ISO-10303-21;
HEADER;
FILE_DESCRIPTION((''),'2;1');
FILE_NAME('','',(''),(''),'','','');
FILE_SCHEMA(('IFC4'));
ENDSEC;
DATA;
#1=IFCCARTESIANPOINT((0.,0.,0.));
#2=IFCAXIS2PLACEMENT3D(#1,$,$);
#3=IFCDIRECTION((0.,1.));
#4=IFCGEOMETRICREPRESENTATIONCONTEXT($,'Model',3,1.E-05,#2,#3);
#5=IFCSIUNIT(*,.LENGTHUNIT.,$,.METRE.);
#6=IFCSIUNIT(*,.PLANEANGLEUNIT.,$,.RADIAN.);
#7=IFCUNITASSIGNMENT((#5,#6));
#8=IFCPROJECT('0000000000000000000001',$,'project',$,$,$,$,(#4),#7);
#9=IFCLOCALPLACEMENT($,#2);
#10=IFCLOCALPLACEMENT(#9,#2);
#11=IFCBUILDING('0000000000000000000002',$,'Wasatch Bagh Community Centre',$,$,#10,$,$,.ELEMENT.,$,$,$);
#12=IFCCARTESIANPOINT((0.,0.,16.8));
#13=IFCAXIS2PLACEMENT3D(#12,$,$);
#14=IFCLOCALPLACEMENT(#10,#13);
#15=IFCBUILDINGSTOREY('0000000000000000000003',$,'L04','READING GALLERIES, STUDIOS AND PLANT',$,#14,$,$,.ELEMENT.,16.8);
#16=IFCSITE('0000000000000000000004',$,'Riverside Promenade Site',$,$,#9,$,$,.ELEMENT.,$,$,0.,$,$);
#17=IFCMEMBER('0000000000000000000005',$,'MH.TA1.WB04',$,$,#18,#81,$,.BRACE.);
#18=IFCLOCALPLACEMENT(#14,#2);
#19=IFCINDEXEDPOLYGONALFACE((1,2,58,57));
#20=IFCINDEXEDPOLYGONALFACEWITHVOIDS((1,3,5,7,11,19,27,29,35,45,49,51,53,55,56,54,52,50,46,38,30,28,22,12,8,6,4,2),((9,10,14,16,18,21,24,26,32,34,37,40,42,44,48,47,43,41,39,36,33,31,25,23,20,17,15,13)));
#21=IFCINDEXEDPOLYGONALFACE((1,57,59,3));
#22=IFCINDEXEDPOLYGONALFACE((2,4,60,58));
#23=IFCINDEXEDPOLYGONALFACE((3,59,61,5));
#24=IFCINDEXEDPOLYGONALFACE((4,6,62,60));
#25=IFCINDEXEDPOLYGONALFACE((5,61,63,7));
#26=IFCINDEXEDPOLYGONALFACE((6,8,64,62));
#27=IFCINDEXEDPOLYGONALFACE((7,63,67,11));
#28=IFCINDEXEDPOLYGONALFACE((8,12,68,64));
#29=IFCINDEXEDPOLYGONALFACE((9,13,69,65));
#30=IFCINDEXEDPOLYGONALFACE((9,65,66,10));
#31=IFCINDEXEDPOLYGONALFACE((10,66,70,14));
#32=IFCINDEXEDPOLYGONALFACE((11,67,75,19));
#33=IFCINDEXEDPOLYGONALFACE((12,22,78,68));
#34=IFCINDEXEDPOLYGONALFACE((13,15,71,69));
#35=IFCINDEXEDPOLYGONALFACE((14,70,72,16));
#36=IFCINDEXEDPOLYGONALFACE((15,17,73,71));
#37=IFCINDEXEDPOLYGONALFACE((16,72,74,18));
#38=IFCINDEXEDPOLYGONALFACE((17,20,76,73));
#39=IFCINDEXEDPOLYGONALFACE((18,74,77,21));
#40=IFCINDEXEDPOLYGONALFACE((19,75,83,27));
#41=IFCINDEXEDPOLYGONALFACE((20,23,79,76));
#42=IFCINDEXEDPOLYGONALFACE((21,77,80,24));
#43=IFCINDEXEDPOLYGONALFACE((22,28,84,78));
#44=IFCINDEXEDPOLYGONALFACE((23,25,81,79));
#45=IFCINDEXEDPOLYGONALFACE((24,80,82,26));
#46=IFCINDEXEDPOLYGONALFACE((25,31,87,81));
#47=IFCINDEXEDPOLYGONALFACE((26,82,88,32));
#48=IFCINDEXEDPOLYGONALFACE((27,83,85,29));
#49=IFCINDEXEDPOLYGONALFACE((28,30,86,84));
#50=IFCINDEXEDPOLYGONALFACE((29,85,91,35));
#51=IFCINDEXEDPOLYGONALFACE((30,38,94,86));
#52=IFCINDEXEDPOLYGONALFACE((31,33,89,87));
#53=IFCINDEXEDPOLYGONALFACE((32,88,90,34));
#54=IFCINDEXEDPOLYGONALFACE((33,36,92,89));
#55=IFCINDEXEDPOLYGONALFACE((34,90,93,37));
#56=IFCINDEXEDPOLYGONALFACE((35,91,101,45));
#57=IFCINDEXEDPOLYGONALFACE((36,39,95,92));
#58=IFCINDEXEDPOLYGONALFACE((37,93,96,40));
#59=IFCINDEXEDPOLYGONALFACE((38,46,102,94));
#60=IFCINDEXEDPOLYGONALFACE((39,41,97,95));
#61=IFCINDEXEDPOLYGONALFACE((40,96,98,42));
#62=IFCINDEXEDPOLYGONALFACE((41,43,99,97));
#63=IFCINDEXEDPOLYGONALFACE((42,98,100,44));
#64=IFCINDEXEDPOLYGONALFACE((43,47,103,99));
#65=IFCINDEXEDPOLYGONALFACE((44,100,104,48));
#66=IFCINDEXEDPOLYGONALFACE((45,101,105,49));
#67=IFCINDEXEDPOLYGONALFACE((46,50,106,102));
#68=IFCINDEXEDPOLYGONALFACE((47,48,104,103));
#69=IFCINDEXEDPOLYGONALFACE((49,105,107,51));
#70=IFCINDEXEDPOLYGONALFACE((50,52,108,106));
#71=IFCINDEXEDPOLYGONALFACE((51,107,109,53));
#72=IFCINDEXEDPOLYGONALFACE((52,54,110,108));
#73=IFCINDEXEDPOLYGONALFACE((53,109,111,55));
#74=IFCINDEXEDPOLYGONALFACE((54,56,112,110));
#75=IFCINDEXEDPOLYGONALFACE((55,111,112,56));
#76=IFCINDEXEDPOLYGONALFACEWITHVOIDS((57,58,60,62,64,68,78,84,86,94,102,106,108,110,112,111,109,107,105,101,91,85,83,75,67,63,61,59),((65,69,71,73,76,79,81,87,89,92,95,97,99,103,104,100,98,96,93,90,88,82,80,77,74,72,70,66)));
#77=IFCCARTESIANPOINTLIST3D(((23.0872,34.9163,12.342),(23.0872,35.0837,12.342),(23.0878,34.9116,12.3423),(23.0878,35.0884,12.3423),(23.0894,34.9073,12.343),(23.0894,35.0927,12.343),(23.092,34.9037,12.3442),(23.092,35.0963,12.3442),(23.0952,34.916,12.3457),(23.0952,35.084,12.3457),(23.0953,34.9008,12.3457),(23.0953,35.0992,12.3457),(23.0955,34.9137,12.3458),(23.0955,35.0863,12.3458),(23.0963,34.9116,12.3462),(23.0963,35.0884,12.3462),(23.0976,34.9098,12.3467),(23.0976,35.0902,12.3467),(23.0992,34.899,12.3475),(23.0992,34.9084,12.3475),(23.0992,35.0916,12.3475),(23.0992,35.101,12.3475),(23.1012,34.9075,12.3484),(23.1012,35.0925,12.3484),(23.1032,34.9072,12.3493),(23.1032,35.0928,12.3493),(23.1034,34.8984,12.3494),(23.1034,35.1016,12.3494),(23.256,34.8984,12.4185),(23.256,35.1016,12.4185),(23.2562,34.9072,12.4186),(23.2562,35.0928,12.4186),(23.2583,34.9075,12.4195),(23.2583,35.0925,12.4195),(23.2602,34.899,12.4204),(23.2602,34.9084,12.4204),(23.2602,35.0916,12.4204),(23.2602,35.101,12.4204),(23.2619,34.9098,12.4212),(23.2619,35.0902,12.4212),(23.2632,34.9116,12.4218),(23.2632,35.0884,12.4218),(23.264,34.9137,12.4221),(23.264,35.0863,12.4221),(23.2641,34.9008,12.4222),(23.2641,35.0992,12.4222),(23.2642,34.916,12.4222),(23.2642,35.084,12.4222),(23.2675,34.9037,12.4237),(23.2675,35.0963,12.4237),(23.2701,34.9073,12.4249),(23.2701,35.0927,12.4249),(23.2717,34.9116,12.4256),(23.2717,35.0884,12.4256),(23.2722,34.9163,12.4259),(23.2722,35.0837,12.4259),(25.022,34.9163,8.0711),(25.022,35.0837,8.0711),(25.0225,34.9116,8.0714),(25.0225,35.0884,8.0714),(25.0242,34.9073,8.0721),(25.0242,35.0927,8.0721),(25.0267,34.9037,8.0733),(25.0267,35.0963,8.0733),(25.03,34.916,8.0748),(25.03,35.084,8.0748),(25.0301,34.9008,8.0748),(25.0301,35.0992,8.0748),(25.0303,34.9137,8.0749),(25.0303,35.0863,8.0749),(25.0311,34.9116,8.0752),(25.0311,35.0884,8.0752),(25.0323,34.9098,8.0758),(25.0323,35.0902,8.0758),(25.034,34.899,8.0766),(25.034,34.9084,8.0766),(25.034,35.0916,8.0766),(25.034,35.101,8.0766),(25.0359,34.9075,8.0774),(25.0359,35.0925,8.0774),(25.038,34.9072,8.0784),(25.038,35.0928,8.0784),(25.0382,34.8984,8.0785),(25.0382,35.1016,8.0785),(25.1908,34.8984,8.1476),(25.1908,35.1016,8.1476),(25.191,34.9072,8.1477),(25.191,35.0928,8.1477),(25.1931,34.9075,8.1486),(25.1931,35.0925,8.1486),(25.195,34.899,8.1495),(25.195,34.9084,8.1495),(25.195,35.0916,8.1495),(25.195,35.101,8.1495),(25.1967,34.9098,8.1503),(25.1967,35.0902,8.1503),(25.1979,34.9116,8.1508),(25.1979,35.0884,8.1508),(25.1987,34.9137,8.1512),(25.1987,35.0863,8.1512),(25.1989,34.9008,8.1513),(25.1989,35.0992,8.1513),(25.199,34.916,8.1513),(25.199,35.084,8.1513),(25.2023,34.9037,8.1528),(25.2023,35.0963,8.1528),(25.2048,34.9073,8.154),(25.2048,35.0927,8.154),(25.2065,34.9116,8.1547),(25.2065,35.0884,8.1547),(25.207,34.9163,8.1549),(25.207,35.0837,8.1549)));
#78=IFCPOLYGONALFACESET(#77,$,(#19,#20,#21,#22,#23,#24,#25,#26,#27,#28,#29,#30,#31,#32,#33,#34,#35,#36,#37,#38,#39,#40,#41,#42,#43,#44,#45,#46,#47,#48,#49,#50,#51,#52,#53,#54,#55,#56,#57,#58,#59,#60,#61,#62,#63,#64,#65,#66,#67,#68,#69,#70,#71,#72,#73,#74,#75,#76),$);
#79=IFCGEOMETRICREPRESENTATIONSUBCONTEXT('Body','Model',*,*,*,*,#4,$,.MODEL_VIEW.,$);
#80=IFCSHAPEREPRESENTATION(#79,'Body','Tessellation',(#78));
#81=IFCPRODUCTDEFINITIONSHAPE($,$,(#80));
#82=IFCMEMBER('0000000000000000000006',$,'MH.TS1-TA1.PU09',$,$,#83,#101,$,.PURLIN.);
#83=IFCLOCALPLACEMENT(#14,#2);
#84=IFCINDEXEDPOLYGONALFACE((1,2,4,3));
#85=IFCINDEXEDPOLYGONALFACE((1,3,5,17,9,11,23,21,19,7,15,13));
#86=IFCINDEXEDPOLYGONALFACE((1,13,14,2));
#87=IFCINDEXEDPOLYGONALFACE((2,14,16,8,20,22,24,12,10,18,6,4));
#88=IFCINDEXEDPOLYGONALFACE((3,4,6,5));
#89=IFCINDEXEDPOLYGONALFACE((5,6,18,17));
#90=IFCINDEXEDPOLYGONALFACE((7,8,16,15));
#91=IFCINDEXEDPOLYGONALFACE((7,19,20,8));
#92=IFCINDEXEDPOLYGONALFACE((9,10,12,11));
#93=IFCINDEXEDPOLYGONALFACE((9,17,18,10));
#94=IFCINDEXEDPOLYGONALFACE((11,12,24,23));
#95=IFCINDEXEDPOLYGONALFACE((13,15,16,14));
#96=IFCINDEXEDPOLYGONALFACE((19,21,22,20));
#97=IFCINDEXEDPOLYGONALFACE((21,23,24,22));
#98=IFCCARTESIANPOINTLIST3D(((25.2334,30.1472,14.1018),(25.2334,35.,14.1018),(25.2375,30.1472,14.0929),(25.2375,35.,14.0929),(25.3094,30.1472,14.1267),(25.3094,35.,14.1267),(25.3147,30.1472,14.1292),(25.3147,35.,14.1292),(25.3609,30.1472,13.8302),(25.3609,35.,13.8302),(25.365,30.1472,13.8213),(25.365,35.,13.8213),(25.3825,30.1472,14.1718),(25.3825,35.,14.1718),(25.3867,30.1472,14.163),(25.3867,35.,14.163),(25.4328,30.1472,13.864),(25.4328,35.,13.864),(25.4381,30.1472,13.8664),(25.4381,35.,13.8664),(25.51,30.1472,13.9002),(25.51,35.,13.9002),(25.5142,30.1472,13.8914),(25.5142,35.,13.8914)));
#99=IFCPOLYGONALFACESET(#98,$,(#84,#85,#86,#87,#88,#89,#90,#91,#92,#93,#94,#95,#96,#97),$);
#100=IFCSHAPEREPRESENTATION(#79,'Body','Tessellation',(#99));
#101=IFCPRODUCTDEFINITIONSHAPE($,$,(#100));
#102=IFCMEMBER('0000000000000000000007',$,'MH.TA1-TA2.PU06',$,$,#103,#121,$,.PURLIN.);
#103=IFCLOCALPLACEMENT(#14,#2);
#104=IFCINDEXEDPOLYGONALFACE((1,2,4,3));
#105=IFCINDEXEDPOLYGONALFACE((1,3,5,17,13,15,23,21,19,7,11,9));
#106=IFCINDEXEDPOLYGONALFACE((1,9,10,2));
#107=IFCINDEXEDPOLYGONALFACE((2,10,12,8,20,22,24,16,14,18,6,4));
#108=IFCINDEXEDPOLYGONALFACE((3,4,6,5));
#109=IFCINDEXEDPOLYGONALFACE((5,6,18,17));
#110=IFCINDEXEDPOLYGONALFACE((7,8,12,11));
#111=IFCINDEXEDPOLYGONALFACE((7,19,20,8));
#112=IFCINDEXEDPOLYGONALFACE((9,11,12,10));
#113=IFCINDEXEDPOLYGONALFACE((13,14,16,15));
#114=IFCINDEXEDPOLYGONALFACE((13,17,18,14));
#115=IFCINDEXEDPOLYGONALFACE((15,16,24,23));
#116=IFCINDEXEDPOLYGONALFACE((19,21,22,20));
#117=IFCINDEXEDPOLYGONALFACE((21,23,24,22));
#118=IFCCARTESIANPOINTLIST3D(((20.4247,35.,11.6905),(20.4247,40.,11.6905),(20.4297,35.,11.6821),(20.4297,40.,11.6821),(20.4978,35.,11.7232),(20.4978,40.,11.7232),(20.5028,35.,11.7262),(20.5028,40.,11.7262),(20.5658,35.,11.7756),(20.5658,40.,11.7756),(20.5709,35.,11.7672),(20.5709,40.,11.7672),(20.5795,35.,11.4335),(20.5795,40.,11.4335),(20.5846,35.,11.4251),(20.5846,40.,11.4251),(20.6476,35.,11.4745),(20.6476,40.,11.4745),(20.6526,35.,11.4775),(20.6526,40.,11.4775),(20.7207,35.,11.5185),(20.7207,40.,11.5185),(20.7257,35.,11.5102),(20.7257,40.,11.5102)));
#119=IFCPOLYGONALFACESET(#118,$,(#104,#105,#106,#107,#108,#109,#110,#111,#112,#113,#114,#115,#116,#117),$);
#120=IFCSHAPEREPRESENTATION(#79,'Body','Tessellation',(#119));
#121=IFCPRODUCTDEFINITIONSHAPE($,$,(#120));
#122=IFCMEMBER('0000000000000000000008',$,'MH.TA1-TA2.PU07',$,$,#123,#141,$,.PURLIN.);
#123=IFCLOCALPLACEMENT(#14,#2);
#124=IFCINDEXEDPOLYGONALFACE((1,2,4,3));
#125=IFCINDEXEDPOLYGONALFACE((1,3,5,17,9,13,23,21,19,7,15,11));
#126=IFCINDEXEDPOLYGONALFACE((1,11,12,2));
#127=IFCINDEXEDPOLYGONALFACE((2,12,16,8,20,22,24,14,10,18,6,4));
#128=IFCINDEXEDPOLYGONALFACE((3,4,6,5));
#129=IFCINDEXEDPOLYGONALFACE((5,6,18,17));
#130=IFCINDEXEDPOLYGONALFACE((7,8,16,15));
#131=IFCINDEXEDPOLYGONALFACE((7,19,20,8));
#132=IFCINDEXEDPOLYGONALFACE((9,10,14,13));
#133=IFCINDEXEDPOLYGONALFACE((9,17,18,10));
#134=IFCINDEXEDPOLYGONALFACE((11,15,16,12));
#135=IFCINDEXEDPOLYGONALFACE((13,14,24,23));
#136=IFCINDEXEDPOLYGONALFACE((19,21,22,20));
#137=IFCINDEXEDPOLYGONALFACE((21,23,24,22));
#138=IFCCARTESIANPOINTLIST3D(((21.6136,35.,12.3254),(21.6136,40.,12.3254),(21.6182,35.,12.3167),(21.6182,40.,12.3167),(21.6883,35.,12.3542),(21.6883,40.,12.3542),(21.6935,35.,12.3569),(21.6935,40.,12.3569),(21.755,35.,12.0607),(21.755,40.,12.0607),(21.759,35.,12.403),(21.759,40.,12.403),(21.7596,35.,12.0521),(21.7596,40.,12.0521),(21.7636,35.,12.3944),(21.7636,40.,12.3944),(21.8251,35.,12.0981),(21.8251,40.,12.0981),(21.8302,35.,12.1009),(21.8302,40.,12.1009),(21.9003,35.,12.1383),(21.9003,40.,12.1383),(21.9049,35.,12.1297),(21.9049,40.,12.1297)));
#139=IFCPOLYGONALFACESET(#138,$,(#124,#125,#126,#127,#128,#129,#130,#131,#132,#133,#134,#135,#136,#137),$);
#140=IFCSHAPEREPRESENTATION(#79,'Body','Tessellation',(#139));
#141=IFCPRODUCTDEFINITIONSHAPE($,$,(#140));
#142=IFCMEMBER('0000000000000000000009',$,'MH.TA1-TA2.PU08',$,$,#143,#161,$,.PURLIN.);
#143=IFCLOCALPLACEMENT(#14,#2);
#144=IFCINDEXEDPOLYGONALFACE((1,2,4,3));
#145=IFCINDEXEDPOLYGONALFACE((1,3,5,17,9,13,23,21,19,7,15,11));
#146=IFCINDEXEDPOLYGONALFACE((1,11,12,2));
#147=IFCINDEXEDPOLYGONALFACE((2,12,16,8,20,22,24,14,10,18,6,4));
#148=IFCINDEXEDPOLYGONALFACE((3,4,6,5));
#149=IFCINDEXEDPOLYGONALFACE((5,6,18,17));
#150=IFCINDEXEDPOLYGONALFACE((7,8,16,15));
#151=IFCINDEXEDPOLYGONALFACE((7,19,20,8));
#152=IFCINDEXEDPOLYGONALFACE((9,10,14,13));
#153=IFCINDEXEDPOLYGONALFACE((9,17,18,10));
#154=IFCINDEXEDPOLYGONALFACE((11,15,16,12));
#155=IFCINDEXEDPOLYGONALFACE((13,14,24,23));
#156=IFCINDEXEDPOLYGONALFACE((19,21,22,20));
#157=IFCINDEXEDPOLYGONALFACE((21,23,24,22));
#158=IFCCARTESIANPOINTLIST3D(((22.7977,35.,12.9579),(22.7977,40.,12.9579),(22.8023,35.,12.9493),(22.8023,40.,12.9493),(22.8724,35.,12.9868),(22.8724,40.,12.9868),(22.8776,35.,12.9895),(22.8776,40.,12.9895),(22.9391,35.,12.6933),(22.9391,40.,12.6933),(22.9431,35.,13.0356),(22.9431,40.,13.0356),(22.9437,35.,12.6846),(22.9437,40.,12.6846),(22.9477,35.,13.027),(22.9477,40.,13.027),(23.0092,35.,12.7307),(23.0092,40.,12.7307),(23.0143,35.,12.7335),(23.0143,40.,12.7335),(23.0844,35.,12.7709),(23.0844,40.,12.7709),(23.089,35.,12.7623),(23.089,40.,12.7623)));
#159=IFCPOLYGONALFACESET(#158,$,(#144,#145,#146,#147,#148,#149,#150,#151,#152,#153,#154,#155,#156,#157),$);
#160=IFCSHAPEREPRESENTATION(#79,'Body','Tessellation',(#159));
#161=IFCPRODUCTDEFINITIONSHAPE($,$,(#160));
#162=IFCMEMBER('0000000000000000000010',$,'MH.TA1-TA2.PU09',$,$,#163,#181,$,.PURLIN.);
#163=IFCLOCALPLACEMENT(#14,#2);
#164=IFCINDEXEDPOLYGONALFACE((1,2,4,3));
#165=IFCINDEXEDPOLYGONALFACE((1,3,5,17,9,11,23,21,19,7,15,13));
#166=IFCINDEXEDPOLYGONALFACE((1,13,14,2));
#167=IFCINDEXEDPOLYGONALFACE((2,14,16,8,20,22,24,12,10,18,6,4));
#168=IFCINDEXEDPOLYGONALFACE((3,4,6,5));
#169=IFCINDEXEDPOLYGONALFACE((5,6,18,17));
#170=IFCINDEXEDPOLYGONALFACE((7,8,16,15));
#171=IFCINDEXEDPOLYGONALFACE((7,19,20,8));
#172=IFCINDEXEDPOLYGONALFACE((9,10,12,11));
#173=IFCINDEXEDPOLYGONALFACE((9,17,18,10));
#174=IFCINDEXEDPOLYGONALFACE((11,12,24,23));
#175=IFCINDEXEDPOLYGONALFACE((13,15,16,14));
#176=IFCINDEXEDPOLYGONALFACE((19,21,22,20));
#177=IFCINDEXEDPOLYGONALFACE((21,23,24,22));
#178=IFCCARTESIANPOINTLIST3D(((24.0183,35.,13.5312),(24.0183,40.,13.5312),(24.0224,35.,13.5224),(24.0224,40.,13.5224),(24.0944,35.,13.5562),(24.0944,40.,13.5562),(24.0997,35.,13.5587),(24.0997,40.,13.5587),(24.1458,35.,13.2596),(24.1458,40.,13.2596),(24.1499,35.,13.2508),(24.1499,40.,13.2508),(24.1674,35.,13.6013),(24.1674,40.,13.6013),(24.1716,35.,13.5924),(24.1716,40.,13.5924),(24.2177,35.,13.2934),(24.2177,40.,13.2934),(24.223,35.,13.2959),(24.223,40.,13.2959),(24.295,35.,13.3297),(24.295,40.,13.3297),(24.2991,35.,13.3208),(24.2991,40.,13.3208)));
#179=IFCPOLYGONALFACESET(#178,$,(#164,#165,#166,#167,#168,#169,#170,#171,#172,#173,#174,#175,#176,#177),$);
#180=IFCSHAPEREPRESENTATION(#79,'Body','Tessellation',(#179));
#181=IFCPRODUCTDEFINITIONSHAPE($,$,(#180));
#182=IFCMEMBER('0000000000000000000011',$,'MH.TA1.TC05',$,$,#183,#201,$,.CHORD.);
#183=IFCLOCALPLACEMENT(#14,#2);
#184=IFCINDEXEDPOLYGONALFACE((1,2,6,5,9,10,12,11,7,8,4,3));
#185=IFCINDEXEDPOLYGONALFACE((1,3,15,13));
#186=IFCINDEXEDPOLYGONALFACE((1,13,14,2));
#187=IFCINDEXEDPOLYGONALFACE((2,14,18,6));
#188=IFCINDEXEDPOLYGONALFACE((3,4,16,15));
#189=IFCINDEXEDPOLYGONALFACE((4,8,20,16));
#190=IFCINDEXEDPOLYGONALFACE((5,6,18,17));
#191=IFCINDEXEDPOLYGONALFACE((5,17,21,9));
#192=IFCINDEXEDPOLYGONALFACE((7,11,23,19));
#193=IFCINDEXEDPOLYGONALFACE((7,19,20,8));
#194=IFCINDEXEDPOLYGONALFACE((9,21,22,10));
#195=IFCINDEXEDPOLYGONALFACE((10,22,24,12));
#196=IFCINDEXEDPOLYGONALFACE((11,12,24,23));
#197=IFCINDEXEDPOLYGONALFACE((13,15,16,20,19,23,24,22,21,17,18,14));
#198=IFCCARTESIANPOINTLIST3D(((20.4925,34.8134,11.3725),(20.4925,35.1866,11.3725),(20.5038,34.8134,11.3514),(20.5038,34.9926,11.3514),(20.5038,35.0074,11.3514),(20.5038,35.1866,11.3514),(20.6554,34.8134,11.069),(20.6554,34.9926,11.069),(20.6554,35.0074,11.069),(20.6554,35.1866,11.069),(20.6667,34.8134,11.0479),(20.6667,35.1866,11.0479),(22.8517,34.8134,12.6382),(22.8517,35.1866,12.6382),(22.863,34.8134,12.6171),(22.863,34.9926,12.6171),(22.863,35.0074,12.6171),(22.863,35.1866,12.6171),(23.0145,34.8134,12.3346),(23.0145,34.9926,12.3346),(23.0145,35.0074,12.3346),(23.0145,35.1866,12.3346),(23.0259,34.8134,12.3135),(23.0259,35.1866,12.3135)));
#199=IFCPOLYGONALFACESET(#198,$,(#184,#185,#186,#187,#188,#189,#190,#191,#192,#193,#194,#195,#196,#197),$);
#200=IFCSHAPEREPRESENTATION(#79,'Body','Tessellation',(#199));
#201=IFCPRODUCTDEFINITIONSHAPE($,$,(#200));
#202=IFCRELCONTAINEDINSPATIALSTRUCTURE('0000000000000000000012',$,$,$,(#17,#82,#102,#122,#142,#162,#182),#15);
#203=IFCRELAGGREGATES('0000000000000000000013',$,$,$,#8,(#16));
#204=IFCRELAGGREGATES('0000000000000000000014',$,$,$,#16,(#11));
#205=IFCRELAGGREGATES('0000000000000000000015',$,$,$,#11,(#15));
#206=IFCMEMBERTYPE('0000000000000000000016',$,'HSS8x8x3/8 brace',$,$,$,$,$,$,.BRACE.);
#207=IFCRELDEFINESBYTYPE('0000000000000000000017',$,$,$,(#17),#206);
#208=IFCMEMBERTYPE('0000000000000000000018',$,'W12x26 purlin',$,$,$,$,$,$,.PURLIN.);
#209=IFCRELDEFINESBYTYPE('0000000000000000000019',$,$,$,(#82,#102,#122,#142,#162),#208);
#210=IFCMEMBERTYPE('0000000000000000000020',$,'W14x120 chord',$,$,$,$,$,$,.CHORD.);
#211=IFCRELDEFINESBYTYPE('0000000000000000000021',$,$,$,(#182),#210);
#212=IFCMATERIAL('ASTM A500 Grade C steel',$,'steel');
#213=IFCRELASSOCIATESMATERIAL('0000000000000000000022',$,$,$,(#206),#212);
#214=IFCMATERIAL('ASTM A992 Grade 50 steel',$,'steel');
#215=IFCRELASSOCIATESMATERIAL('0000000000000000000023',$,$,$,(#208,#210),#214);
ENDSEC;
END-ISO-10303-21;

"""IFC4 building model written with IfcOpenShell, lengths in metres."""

from ifc_helpers import new_model, si_unit, direction, frame, origin, origin_2d, place, context, subcontext, project, spatial, hollow_rectangle, i_section, extrude, material, material_profile, profile_set, type_object, element, save


model = new_model("IFC4")

# Units and contexts
model_context = context("Model", 3, precision=1e-05, world=origin(), true_north=direction((0.0, 1.0)))
body_context = subcontext(model_context, "Body", "Model", "MODEL_VIEW")
ifc_project = project(units=[si_unit("LENGTHUNIT", "METRE"), si_unit("PLANEANGLEUNIT", "RADIAN")], contexts=[model_context])

# Site, building, storey
site_placement = place(None, origin())
site = spatial("IfcSite", under=ifc_project, at=site_placement, Name="Riverside Promenade Site", CompositionType="ELEMENT", RefElevation=0.0)
building_placement = place(site_placement, origin())
building = spatial("IfcBuilding", under=site, at=building_placement, Name="Wasatch Bagh Community Centre", CompositionType="ELEMENT")
storey_placement = place(building_placement, frame((0.0, 0.0, 16.8)))
storey = spatial("IfcBuildingStorey", under=building, at=storey_placement, Name="L04", Description="READING GALLERIES, STUDIOS AND PLANT", CompositionType="ELEMENT", Elevation=16.8)

# Members
ifc_material_1 = material(Name="ASTM A500 Grade C steel", Category="steel")
ifc_material_profile_1 = material_profile(ifc_material_1, hollow_rectangle(XDim=0.2031, YDim=0.2031, WallThickness=0.0088, InnerFilletRadius=0.0088, OuterFilletRadius=0.0178, at=origin_2d()), Name="HSS8x8x3/8")
ifc_profile_set_1 = profile_set([ifc_material_profile_1], Name="ASTM A500 Grade C steel")
member_type_1 = type_object("IfcMemberType", Name="HSS8x8x3/8 brace", PredefinedType="BRACE", material=ifc_profile_set_1)
member_1_placement = place(storey_placement, frame((25.1145, 35.0, 8.113), z_axis=(-0.412645, 0.0, 0.910892), x_axis=(0.0, -1.0, 0.0)))
element("IfcMember", 1, at=member_1_placement, inside=storey, type_object=member_type_1, Name="MH.TA1.WB04", PredefinedType="BRACE", context=body_context, shape_type="SweptSolid", body=[
    extrude(hollow_rectangle(XDim=0.2031, YDim=0.2031, WallThickness=0.0088, InnerFilletRadius=0.0088, OuterFilletRadius=0.0178, at=origin_2d()), origin(), (0.0, 0.0, 1.0), 4.6887),
])
ifc_material_2 = material(Name="ASTM A992 Grade 50 steel", Category="steel")
ifc_material_profile_2 = material_profile(ifc_material_2, i_section(OverallWidth=0.1648, OverallDepth=0.3098, WebThickness=0.0059, FlangeThickness=0.0098, at=origin_2d()), Name="W12x26")
ifc_profile_set_2 = profile_set([ifc_material_profile_2], Name="ASTM A992 Grade 50 steel")
member_type_2 = type_object("IfcMemberType", Name="W12x26 purlin", PredefinedType="PURLIN", material=ifc_profile_set_2)
member_2_placement = place(storey_placement, frame((25.3738, 30.1472, 13.9966), z_axis=(0.0, 1.0, 0.0), x_axis=(-0.905205, 0.0, -0.424976)))
element("IfcMember", 2, at=member_2_placement, inside=storey, type_object=member_type_2, Name="MH.TS1-TA1.PU09", PredefinedType="PURLIN", context=body_context, shape_type="SweptSolid", body=[
    extrude(i_section(OverallWidth=0.1648, OverallDepth=0.3098, WebThickness=0.0059, FlangeThickness=0.0098, at=origin_2d()), origin(), (0.0, 0.0, 1.0), 4.8528),
])
for number, where, z_axis, x_axis, name in (
    (3, (20.5752, 35.0, 11.6003), (0.0, 1.0, 0.0), (-0.856568, 0.0, -0.516034), "MH.TA1-TA2.PU06"),
    (4, (21.7593, 35.0, 12.2275), (0.0, 1.0, 0.0), (-0.882062, 0.0, -0.471133), "MH.TA1-TA2.PU07"),
    (5, (22.9434, 35.0, 12.8601), (0.0, 1.0, 0.0), (-0.882062, 0.0, -0.471133), "MH.TA1-TA2.PU08"),
    (6, (24.1587, 35.0, 13.426), (0.0, 1.0, 0.0), (-0.905205, 0.0, -0.424976), "MH.TA1-TA2.PU09"),
):
    element("IfcMember", number, at=place(storey_placement, frame(where, z_axis=z_axis, x_axis=x_axis)), inside=storey, type_object=member_type_2, Name=name, PredefinedType="PURLIN", context=body_context, shape_type="SweptSolid", body=[
        extrude(i_section(OverallWidth=0.1648, OverallDepth=0.3098, WebThickness=0.0059, FlangeThickness=0.0098, at=origin_2d()), origin(), (0.0, 0.0, 1.0), 5.0),
    ])
ifc_material_profile_3 = material_profile(ifc_material_2, i_section(OverallWidth=0.3733, OverallDepth=0.3684, WebThickness=0.0149, FlangeThickness=0.0239, at=origin_2d()), Name="W14x120")
ifc_profile_set_3 = profile_set([ifc_material_profile_3], Name="ASTM A992 Grade 50 steel")
member_type_3 = type_object("IfcMemberType", Name="W14x120 chord", PredefinedType="CHORD", material=ifc_profile_set_3)
member_3_placement = place(storey_placement, frame((20.5796, 35.0, 11.2102), z_axis=(0.881199, 0.0, 0.472745), x_axis=(0.0, 1.0, 0.0)))
element("IfcMember", 7, at=member_3_placement, inside=storey, type_object=member_type_3, Name="MH.TA1.TC05", PredefinedType="CHORD", context=body_context, shape_type="SweptSolid", body=[
    extrude(i_section(OverallWidth=0.3733, OverallDepth=0.3684, WebThickness=0.0149, FlangeThickness=0.0239, at=origin_2d()), origin(), (0.0, 0.0, 1.0), 2.6772),
])

save(model, "model.ifc")
